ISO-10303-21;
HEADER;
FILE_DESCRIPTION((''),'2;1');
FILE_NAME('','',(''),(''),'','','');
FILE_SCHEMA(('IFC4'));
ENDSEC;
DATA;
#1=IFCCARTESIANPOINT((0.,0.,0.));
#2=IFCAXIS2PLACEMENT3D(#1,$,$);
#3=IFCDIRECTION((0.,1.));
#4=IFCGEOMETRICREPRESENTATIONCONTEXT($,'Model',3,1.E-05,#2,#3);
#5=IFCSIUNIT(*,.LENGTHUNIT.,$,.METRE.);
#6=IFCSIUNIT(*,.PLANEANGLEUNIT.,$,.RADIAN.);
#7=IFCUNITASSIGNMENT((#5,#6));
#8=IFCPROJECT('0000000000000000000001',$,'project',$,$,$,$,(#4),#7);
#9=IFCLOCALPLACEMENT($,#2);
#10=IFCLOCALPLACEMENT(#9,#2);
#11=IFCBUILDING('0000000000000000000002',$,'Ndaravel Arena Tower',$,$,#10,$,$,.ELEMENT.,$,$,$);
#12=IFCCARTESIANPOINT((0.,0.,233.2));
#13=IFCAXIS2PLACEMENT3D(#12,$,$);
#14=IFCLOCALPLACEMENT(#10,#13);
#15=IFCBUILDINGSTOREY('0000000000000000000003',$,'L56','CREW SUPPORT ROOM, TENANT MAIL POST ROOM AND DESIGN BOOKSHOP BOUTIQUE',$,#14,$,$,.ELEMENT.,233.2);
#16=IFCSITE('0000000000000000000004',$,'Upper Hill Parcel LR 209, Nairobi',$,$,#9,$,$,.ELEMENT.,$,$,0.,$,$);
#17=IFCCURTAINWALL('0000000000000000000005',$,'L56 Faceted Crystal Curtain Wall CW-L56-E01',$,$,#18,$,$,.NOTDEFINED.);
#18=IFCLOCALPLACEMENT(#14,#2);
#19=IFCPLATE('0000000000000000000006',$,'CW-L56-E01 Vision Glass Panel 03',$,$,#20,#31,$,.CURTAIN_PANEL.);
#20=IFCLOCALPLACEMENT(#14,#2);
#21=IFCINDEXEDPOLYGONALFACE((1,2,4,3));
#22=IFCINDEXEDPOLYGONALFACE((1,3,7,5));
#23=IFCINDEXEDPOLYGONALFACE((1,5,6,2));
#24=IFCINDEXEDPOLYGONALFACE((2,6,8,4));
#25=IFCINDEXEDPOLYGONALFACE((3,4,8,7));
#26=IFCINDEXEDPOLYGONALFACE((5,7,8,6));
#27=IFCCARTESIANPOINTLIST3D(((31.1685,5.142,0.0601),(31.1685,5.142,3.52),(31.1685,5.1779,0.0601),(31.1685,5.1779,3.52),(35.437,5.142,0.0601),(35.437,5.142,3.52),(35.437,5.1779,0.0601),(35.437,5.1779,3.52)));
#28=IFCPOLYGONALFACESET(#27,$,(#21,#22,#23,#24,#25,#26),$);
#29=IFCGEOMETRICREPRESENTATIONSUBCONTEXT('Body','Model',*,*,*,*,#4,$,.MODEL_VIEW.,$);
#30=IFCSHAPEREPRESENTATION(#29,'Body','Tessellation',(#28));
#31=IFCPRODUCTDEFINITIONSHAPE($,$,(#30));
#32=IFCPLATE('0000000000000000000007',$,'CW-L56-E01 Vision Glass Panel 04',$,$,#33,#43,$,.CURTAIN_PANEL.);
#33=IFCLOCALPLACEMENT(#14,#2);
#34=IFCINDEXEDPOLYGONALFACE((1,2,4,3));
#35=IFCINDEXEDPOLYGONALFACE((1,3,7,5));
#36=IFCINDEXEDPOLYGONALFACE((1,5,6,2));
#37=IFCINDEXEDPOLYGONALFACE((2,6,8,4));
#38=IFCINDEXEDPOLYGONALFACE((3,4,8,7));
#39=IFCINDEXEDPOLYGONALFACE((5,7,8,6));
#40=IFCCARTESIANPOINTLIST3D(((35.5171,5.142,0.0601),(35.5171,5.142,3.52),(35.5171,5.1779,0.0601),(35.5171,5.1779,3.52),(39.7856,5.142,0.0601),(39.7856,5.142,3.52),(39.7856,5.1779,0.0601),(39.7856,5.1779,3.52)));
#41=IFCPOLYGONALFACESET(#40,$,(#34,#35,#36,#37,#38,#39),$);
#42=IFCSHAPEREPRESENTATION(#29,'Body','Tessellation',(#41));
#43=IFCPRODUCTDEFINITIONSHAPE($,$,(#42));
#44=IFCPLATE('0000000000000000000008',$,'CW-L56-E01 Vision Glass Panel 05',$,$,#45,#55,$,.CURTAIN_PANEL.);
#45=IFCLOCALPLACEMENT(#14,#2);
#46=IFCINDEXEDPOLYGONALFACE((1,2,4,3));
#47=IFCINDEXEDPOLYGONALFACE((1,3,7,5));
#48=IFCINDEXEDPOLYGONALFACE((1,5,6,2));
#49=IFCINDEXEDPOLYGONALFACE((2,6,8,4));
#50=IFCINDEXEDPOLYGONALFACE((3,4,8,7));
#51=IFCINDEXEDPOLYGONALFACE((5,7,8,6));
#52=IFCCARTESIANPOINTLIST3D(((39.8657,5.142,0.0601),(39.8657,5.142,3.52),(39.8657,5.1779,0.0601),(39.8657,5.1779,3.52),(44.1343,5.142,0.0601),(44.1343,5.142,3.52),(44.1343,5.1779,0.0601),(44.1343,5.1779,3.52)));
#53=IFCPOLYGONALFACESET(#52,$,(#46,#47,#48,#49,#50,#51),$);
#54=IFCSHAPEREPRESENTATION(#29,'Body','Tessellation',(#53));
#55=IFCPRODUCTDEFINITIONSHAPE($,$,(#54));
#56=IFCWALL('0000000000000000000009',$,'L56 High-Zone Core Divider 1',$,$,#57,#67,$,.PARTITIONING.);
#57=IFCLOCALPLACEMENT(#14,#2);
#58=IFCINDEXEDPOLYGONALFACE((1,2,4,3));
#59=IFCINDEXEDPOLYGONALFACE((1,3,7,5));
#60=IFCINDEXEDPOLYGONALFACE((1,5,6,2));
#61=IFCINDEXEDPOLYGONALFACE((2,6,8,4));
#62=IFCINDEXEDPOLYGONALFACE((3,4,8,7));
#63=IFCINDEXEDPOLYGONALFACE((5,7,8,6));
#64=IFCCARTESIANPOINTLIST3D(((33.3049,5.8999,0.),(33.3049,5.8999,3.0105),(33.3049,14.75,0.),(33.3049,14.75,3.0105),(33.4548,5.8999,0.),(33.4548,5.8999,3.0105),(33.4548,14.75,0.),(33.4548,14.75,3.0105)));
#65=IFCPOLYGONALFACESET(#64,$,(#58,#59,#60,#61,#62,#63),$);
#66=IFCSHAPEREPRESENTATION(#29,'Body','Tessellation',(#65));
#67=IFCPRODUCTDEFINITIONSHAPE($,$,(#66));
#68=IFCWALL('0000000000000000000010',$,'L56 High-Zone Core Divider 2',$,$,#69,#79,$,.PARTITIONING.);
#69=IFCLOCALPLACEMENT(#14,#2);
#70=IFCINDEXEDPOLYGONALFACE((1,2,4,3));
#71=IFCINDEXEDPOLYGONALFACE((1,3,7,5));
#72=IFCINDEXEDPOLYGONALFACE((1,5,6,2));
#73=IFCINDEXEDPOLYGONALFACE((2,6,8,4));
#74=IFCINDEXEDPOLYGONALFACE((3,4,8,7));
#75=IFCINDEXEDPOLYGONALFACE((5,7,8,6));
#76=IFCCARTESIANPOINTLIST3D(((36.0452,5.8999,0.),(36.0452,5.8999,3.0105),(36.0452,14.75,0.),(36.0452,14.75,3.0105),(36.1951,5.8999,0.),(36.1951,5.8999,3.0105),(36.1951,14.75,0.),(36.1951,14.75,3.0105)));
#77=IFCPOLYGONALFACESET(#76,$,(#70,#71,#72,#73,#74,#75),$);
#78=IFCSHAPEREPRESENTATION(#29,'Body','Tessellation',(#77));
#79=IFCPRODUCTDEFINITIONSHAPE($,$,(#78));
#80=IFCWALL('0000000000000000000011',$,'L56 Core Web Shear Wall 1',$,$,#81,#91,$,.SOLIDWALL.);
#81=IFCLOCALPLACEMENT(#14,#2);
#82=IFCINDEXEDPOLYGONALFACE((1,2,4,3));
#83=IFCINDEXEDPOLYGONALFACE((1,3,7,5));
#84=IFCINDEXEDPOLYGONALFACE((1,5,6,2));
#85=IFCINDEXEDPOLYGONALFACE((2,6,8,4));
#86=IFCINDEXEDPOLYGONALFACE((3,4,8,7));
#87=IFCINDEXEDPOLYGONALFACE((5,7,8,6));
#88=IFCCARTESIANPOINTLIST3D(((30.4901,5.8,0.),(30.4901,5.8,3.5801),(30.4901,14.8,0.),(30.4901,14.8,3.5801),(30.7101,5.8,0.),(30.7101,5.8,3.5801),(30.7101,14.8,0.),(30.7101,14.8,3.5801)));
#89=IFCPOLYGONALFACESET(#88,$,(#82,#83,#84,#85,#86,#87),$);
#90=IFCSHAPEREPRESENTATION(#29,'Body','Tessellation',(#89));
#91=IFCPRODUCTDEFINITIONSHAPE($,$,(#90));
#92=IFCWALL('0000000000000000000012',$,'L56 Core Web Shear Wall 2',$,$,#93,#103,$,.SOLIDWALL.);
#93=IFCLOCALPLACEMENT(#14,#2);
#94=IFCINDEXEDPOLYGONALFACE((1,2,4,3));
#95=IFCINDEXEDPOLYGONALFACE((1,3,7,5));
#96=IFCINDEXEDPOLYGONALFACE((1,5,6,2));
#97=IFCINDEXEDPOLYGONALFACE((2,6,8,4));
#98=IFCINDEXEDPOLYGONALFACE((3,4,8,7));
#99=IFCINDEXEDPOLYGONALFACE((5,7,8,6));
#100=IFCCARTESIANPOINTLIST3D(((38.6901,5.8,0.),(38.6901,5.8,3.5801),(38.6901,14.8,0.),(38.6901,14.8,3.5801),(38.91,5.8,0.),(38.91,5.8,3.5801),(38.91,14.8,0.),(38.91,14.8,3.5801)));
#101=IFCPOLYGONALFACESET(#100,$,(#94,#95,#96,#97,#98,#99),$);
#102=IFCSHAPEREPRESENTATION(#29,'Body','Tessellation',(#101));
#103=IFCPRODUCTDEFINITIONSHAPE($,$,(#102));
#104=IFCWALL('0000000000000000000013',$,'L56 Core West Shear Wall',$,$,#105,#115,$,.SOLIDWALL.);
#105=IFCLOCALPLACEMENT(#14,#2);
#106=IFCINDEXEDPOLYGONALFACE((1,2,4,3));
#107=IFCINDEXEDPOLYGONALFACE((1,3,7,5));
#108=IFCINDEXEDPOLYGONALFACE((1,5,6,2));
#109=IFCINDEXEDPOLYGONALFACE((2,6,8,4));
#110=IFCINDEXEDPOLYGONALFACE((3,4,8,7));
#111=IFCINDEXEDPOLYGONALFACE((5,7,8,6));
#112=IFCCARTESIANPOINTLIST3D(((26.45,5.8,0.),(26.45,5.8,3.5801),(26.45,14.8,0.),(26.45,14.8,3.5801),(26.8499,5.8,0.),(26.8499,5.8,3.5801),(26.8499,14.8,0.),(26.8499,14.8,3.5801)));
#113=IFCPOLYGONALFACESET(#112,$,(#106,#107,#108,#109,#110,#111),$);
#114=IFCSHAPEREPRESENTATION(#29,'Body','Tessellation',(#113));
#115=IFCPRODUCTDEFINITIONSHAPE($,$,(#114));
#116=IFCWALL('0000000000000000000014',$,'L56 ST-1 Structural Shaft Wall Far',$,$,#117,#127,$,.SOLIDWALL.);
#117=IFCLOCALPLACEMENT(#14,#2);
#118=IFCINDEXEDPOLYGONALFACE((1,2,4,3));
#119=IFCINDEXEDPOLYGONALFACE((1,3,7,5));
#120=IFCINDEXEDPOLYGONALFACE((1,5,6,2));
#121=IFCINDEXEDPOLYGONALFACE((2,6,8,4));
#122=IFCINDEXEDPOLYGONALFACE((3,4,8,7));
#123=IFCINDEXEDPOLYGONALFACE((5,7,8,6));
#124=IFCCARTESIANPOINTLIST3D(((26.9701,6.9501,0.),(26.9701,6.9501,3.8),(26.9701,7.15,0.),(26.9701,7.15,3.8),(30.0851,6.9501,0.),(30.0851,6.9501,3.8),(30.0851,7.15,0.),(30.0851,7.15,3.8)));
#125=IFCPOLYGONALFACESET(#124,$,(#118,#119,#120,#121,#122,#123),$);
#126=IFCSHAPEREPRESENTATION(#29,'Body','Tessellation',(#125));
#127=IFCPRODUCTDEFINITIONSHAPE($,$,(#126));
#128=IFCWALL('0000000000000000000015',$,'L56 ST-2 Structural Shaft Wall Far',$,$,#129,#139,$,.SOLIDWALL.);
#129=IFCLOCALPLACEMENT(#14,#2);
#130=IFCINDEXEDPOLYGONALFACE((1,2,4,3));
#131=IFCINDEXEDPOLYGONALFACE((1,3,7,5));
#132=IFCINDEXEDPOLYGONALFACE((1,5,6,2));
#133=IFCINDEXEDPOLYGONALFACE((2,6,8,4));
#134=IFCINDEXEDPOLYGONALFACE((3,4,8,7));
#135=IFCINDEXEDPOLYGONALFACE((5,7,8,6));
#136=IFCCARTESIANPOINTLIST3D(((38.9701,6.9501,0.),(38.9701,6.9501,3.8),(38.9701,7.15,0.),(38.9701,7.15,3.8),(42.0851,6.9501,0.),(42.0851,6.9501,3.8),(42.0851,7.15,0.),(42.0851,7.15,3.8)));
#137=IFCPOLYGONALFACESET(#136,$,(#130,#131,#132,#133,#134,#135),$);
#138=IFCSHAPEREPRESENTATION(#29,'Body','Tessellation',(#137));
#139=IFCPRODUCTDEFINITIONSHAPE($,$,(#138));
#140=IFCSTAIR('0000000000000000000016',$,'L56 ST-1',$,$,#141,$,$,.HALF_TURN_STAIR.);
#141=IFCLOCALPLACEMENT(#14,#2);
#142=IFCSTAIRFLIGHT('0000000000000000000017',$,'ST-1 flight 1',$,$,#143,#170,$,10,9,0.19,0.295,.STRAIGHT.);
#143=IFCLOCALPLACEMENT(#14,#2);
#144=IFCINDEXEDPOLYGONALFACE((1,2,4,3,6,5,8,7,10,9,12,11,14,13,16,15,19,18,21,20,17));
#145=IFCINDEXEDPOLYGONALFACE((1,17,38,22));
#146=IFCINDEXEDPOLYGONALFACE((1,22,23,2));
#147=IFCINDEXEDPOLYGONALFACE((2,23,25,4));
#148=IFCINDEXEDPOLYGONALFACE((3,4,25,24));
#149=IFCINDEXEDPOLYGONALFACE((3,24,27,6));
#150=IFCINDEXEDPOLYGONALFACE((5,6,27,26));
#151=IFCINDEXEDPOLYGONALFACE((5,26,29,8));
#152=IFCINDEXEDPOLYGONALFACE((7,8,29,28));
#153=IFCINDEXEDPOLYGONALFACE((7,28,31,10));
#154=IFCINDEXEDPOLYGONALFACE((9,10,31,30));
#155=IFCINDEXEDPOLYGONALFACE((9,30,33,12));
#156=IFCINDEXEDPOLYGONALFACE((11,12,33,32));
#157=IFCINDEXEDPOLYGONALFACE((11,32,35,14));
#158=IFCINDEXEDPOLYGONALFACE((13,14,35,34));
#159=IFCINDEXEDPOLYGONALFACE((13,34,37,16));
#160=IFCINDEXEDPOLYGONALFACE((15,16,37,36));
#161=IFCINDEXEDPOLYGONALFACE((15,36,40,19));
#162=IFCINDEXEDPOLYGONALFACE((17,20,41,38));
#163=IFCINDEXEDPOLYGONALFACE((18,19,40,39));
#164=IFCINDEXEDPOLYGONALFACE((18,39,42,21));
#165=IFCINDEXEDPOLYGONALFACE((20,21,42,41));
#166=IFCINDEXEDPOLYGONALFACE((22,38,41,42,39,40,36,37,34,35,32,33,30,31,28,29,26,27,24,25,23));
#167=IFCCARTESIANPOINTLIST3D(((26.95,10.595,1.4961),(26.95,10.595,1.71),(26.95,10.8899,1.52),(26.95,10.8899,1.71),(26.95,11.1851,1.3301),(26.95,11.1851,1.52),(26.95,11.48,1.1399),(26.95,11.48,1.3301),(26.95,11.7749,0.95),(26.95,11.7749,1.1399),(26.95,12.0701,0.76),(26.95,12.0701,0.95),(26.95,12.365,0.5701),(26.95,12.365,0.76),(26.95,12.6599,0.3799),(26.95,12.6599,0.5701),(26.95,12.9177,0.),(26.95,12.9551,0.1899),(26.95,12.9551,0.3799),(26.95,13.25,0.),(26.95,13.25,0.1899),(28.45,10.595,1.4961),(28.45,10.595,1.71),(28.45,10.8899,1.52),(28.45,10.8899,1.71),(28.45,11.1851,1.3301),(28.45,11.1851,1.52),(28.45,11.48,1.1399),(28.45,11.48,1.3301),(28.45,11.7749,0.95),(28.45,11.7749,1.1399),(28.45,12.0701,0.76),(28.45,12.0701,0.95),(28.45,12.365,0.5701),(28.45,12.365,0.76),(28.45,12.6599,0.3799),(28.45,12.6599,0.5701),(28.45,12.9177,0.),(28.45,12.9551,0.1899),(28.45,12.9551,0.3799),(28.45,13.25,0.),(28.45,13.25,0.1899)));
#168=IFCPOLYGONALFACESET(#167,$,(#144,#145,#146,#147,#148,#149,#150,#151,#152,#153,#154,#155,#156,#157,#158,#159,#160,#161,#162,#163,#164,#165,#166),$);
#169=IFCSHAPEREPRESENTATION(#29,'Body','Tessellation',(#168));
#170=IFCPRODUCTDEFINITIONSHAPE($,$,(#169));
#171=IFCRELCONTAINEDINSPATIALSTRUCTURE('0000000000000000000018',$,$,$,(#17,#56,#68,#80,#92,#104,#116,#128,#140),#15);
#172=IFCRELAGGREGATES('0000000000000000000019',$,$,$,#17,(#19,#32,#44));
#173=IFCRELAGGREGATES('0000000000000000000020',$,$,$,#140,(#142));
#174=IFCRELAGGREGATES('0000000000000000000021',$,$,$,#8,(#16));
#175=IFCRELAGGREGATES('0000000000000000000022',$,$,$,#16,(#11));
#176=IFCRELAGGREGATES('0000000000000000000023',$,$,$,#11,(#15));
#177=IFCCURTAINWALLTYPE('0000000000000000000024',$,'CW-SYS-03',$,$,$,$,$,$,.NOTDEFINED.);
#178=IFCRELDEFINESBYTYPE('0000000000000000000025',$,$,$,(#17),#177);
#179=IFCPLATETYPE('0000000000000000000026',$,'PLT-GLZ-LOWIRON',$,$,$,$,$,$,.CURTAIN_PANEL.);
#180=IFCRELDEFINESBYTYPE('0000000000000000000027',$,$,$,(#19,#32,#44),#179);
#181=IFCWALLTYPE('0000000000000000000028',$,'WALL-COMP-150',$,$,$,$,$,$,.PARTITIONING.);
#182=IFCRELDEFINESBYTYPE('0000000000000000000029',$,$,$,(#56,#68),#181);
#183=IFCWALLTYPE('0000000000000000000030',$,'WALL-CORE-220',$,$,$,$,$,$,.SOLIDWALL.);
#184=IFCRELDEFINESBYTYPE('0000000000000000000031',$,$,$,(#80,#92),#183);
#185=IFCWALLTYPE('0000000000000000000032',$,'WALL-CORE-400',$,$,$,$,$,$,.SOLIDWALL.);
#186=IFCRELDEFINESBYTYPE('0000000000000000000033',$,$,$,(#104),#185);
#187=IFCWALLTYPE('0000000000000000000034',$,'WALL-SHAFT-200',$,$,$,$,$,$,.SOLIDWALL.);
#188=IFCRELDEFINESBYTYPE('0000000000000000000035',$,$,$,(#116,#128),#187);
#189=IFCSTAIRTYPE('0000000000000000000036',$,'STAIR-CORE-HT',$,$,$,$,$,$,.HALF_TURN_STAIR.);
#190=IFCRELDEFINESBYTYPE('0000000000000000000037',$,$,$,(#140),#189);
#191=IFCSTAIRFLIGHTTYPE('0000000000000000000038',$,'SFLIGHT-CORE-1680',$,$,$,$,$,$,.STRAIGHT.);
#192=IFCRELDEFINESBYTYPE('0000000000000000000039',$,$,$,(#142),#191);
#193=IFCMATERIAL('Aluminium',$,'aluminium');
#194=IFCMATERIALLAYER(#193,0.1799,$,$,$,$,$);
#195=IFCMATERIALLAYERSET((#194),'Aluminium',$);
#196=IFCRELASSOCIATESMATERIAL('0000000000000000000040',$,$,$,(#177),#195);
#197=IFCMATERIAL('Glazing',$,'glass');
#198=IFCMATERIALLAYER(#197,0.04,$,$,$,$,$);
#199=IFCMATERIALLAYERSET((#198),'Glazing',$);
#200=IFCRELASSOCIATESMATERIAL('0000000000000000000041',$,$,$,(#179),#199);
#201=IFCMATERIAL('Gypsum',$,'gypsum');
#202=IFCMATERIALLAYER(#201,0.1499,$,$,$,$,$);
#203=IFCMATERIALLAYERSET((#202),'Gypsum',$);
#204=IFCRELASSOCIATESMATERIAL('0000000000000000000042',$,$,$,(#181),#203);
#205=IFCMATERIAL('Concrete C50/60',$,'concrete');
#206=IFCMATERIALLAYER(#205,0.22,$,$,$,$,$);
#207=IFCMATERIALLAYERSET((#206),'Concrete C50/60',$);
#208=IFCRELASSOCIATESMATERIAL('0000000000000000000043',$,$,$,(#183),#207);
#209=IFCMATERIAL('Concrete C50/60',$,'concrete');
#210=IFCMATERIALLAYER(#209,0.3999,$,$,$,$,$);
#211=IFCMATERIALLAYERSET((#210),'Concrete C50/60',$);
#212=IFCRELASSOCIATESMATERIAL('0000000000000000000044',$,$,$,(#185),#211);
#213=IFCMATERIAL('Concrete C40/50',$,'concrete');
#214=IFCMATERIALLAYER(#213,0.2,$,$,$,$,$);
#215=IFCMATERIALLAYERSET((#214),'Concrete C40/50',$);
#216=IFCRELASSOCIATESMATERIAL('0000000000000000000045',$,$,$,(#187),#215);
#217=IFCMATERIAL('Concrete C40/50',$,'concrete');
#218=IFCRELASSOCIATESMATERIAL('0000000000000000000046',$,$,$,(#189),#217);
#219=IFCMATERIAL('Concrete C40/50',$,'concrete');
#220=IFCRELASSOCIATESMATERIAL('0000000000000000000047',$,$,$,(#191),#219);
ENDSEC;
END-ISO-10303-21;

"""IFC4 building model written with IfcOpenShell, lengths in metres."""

from ifc_helpers import new_model, si_unit, direction, frame, frame_2d, origin, origin_2d, place, context, subcontext, project, spatial, polyline, rectangle, outline, extrude, material, layer, layer_set, type_object, element, aggregate, save


model = new_model("IFC4")

# Units and contexts
model_context = context("Model", 3, precision=1e-05, world=origin(), true_north=direction((0.0, 1.0)))
body_context = subcontext(model_context, "Body", "Model", "MODEL_VIEW")
ifc_project = project(units=[si_unit("LENGTHUNIT", "METRE"), si_unit("PLANEANGLEUNIT", "RADIAN")], contexts=[model_context])

# Site, building, storey
site_placement = place(None, origin())
site = spatial("IfcSite", under=ifc_project, at=site_placement, Name="Upper Hill Parcel LR 209, Nairobi", CompositionType="ELEMENT", RefElevation=0.0)
building_placement = place(site_placement, origin())
building = spatial("IfcBuilding", under=site, at=building_placement, Name="Ndaravel Arena Tower", CompositionType="ELEMENT")
storey_placement = place(building_placement, frame((0.0, 0.0, 233.2)))
storey = spatial("IfcBuildingStorey", under=building, at=storey_placement, Name="L56", Description="CREW SUPPORT ROOM, TENANT MAIL POST ROOM AND DESIGN BOOKSHOP BOUTIQUE", CompositionType="ELEMENT", Elevation=233.2)

# Curtain wall, plates
ifc_material_1 = material(Name="Aluminium", Category="aluminium")
ifc_layer_1 = layer(ifc_material_1, 0.1799)
ifc_layer_set_1 = layer_set([ifc_layer_1], Name="Aluminium")
curtain_wall_type = type_object("IfcCurtainWallType", Name="CW-SYS-03", PredefinedType="NOTDEFINED", material=ifc_layer_set_1)
curtain_wall_placement = place(storey_placement, origin())
curtain_wall = element("IfcCurtainWall", 1, at=curtain_wall_placement, inside=storey, type_object=curtain_wall_type, Name="L56 Faceted Crystal Curtain Wall CW-L56-E01", PredefinedType="NOTDEFINED")
ifc_material_2 = material(Name="Glazing", Category="glass")
ifc_layer_2 = layer(ifc_material_2, 0.04)
ifc_layer_set_2 = layer_set([ifc_layer_2], Name="Glazing")
plate_type = type_object("IfcPlateType", Name="PLT-GLZ-LOWIRON", PredefinedType="CURTAIN_PANEL", material=ifc_layer_set_2)
plate_1_placement = place(storey_placement, frame((33.3027, 5.1599, 0.0601), z_axis=(0.0, 0.0, 1.0), x_axis=(1.0, 0.0, 0.0)))
plate_1 = element("IfcPlate", 2, at=plate_1_placement, type_object=plate_type, Name="CW-L56-E01 Vision Glass Panel 03", PredefinedType="CURTAIN_PANEL", context=body_context, shape_type="SweptSolid", body=[
    extrude(rectangle(XDim=4.2686, YDim=0.0359, at=origin_2d()), origin(), (0.0, 0.0, 1.0), 3.46),
])
plate_2_placement = place(storey_placement, frame((37.6514, 5.1599, 0.0601), z_axis=(0.0, 0.0, 1.0), x_axis=(1.0, 0.0, 0.0)))
plate_2 = element("IfcPlate", 3, at=plate_2_placement, type_object=plate_type, Name="CW-L56-E01 Vision Glass Panel 04", PredefinedType="CURTAIN_PANEL", context=body_context, shape_type="SweptSolid", body=[
    extrude(rectangle(XDim=4.2686, YDim=0.0359, at=origin_2d()), origin(), (0.0, 0.0, 1.0), 3.46),
])
plate_3_placement = place(storey_placement, frame((42.0, 5.1599, 0.0601), z_axis=(0.0, 0.0, 1.0), x_axis=(1.0, 0.0, 0.0)))
plate_3 = element("IfcPlate", 4, at=plate_3_placement, type_object=plate_type, Name="CW-L56-E01 Vision Glass Panel 05", PredefinedType="CURTAIN_PANEL", context=body_context, shape_type="SweptSolid", body=[
    extrude(rectangle(XDim=4.2686, YDim=0.0359, at=origin_2d()), origin(), (0.0, 0.0, 1.0), 3.46),
])
aggregate(curtain_wall, [plate_1, plate_2, plate_3])

# Walls
ifc_material_3 = material(Name="Gypsum", Category="gypsum")
ifc_layer_3 = layer(ifc_material_3, 0.1499)
ifc_layer_set_3 = layer_set([ifc_layer_3], Name="Gypsum")
wall_type_1 = type_object("IfcWallType", Name="WALL-COMP-150", PredefinedType="PARTITIONING", material=ifc_layer_set_3)
for number, where, z_axis, x_axis, name in (
    (5, (33.3799, 5.8999, 0.0), (0.0, 0.0, 1.0), (0.0, 1.0, 0.0), "L56 High-Zone Core Divider 1"),
    (6, (36.1201, 5.8999, 0.0), (0.0, 0.0, 1.0), (0.0, 1.0, 0.0), "L56 High-Zone Core Divider 2"),
):
    element("IfcWall", number, at=place(storey_placement, frame(where, z_axis=z_axis, x_axis=x_axis)), inside=storey, type_object=wall_type_1, Name=name, PredefinedType="PARTITIONING", context=body_context, shape_type="SweptSolid", body=[
        extrude(rectangle(XDim=8.8501, YDim=0.1499, at=frame_2d((4.425, 0.0))), origin(), (0.0, 0.0, 1.0), 3.0105),
    ])
ifc_material_4 = material(Name="Concrete C50/60", Category="concrete")
ifc_layer_4 = layer(ifc_material_4, 0.22)
ifc_layer_set_4 = layer_set([ifc_layer_4], Name="Concrete C50/60")
wall_type_2 = type_object("IfcWallType", Name="WALL-CORE-220", PredefinedType="SOLIDWALL", material=ifc_layer_set_4)
for number, where, z_axis, x_axis, name in (
    (7, (30.6001, 5.8, 0.0), (0.0, 0.0, 1.0), (0.0, 1.0, 0.0), "L56 Core Web Shear Wall 1"),
    (8, (38.8, 5.8, 0.0), (0.0, 0.0, 1.0), (0.0, 1.0, 0.0), "L56 Core Web Shear Wall 2"),
):
    element("IfcWall", number, at=place(storey_placement, frame(where, z_axis=z_axis, x_axis=x_axis)), inside=storey, type_object=wall_type_2, Name=name, PredefinedType="SOLIDWALL", context=body_context, shape_type="SweptSolid", body=[
        extrude(rectangle(XDim=9.0, YDim=0.22, at=frame_2d((4.5, 0.0))), origin(), (0.0, 0.0, 1.0), 3.5801),
    ])
ifc_material_5 = material(Name="Concrete C50/60", Category="concrete")
ifc_layer_5 = layer(ifc_material_5, 0.3999)
ifc_layer_set_5 = layer_set([ifc_layer_5], Name="Concrete C50/60")
wall_type_3 = type_object("IfcWallType", Name="WALL-CORE-400", PredefinedType="SOLIDWALL", material=ifc_layer_set_5)
wall_placement = place(storey_placement, frame((26.6499, 5.8, 0.0), z_axis=(0.0, 0.0, 1.0), x_axis=(0.0, 1.0, 0.0)))
element("IfcWall", 9, at=wall_placement, inside=storey, type_object=wall_type_3, Name="L56 Core West Shear Wall", PredefinedType="SOLIDWALL", context=body_context, shape_type="SweptSolid", body=[
    extrude(rectangle(XDim=9.0, YDim=0.3999, at=frame_2d((4.5, 0.0))), origin(), (0.0, 0.0, 1.0), 3.5801),
])
ifc_material_6 = material(Name="Concrete C40/50", Category="concrete")
ifc_layer_6 = layer(ifc_material_6, 0.2)
ifc_layer_set_6 = layer_set([ifc_layer_6], Name="Concrete C40/50")
wall_type_4 = type_object("IfcWallType", Name="WALL-SHAFT-200", PredefinedType="SOLIDWALL", material=ifc_layer_set_6)
for number, where, z_axis, x_axis, name in (
    (10, (26.97, 7.05, 0.0), (0.0, 0.0, 1.0), (1.0, 0.0, 0.0), "L56 ST-1 Structural Shaft Wall Far"),
    (11, (38.97, 7.05, 0.0), (0.0, 0.0, 1.0), (1.0, 0.0, 0.0), "L56 ST-2 Structural Shaft Wall Far"),
):
    element("IfcWall", number, at=place(storey_placement, frame(where, z_axis=z_axis, x_axis=x_axis)), inside=storey, type_object=wall_type_4, Name=name, PredefinedType="SOLIDWALL", context=body_context, shape_type="SweptSolid", body=[
        extrude(rectangle(XDim=3.115, YDim=0.2, at=frame_2d((1.5576, 0.0))), origin(), (0.0, 0.0, 1.0), 3.8),
    ])

# Stair, stair flight
ifc_material_7 = material(Name="Concrete C40/50", Category="concrete")
stair_type = type_object("IfcStairType", Name="STAIR-CORE-HT", PredefinedType="HALF_TURN_STAIR", material=ifc_material_7)
stair_1_placement = place(storey_placement, origin())
stair_1 = element("IfcStair", 12, at=stair_1_placement, inside=storey, type_object=stair_type, Name="L56 ST-1", PredefinedType="HALF_TURN_STAIR")
ifc_material_8 = material(Name="Concrete C40/50", Category="concrete")
stair_flight_type = type_object("IfcStairFlightType", Name="SFLIGHT-CORE-1680", PredefinedType="STRAIGHT", material=ifc_material_8)
stair_flight_1_placement = place(storey_placement, frame((27.7, 13.25, 0.0), z_axis=(0.0, 0.0, 1.0), x_axis=(0.0, -1.0, 0.0)))
stair_flight_1 = element("IfcStairFlight", 13, at=stair_flight_1_placement, type_object=stair_flight_type, Name="ST-1 flight 1", NumberOfRisers=10, NumberOfTreads=9, PredefinedType="STRAIGHT", RiserHeight=0.19, TreadLength=0.295, context=body_context, shape_type="SweptSolid", body=[
    extrude(outline(polyline([(0.0, 0.0), (0.0, 0.1899), (0.2949, 0.1899), (0.2949, 0.3799), (0.5901, 0.3799), (0.5901, 0.5701), (0.885, 0.5701), (0.885, 0.76), (1.1799, 0.76), (1.1799, 0.95), (1.4751, 0.95), (1.4751, 1.1399), (1.77, 1.1399), (1.77, 1.3301), (2.0649, 1.3301), (2.0649, 1.52), (2.3601, 1.52), (2.3601, 1.71), (2.655, 1.71), (2.655, 1.8999), (2.655, 1.4961), (0.3323, 0.0), (0.0, 0.0)])), frame((0.0, 0.75, 0.0), z_axis=(0.0, -1.0, 0.0), x_axis=(1.0, 0.0, 0.0)), (0.0, 0.0, 1.0), 1.5),
])
aggregate(stair_1, [stair_flight_1])

save(model, "model.ifc")
